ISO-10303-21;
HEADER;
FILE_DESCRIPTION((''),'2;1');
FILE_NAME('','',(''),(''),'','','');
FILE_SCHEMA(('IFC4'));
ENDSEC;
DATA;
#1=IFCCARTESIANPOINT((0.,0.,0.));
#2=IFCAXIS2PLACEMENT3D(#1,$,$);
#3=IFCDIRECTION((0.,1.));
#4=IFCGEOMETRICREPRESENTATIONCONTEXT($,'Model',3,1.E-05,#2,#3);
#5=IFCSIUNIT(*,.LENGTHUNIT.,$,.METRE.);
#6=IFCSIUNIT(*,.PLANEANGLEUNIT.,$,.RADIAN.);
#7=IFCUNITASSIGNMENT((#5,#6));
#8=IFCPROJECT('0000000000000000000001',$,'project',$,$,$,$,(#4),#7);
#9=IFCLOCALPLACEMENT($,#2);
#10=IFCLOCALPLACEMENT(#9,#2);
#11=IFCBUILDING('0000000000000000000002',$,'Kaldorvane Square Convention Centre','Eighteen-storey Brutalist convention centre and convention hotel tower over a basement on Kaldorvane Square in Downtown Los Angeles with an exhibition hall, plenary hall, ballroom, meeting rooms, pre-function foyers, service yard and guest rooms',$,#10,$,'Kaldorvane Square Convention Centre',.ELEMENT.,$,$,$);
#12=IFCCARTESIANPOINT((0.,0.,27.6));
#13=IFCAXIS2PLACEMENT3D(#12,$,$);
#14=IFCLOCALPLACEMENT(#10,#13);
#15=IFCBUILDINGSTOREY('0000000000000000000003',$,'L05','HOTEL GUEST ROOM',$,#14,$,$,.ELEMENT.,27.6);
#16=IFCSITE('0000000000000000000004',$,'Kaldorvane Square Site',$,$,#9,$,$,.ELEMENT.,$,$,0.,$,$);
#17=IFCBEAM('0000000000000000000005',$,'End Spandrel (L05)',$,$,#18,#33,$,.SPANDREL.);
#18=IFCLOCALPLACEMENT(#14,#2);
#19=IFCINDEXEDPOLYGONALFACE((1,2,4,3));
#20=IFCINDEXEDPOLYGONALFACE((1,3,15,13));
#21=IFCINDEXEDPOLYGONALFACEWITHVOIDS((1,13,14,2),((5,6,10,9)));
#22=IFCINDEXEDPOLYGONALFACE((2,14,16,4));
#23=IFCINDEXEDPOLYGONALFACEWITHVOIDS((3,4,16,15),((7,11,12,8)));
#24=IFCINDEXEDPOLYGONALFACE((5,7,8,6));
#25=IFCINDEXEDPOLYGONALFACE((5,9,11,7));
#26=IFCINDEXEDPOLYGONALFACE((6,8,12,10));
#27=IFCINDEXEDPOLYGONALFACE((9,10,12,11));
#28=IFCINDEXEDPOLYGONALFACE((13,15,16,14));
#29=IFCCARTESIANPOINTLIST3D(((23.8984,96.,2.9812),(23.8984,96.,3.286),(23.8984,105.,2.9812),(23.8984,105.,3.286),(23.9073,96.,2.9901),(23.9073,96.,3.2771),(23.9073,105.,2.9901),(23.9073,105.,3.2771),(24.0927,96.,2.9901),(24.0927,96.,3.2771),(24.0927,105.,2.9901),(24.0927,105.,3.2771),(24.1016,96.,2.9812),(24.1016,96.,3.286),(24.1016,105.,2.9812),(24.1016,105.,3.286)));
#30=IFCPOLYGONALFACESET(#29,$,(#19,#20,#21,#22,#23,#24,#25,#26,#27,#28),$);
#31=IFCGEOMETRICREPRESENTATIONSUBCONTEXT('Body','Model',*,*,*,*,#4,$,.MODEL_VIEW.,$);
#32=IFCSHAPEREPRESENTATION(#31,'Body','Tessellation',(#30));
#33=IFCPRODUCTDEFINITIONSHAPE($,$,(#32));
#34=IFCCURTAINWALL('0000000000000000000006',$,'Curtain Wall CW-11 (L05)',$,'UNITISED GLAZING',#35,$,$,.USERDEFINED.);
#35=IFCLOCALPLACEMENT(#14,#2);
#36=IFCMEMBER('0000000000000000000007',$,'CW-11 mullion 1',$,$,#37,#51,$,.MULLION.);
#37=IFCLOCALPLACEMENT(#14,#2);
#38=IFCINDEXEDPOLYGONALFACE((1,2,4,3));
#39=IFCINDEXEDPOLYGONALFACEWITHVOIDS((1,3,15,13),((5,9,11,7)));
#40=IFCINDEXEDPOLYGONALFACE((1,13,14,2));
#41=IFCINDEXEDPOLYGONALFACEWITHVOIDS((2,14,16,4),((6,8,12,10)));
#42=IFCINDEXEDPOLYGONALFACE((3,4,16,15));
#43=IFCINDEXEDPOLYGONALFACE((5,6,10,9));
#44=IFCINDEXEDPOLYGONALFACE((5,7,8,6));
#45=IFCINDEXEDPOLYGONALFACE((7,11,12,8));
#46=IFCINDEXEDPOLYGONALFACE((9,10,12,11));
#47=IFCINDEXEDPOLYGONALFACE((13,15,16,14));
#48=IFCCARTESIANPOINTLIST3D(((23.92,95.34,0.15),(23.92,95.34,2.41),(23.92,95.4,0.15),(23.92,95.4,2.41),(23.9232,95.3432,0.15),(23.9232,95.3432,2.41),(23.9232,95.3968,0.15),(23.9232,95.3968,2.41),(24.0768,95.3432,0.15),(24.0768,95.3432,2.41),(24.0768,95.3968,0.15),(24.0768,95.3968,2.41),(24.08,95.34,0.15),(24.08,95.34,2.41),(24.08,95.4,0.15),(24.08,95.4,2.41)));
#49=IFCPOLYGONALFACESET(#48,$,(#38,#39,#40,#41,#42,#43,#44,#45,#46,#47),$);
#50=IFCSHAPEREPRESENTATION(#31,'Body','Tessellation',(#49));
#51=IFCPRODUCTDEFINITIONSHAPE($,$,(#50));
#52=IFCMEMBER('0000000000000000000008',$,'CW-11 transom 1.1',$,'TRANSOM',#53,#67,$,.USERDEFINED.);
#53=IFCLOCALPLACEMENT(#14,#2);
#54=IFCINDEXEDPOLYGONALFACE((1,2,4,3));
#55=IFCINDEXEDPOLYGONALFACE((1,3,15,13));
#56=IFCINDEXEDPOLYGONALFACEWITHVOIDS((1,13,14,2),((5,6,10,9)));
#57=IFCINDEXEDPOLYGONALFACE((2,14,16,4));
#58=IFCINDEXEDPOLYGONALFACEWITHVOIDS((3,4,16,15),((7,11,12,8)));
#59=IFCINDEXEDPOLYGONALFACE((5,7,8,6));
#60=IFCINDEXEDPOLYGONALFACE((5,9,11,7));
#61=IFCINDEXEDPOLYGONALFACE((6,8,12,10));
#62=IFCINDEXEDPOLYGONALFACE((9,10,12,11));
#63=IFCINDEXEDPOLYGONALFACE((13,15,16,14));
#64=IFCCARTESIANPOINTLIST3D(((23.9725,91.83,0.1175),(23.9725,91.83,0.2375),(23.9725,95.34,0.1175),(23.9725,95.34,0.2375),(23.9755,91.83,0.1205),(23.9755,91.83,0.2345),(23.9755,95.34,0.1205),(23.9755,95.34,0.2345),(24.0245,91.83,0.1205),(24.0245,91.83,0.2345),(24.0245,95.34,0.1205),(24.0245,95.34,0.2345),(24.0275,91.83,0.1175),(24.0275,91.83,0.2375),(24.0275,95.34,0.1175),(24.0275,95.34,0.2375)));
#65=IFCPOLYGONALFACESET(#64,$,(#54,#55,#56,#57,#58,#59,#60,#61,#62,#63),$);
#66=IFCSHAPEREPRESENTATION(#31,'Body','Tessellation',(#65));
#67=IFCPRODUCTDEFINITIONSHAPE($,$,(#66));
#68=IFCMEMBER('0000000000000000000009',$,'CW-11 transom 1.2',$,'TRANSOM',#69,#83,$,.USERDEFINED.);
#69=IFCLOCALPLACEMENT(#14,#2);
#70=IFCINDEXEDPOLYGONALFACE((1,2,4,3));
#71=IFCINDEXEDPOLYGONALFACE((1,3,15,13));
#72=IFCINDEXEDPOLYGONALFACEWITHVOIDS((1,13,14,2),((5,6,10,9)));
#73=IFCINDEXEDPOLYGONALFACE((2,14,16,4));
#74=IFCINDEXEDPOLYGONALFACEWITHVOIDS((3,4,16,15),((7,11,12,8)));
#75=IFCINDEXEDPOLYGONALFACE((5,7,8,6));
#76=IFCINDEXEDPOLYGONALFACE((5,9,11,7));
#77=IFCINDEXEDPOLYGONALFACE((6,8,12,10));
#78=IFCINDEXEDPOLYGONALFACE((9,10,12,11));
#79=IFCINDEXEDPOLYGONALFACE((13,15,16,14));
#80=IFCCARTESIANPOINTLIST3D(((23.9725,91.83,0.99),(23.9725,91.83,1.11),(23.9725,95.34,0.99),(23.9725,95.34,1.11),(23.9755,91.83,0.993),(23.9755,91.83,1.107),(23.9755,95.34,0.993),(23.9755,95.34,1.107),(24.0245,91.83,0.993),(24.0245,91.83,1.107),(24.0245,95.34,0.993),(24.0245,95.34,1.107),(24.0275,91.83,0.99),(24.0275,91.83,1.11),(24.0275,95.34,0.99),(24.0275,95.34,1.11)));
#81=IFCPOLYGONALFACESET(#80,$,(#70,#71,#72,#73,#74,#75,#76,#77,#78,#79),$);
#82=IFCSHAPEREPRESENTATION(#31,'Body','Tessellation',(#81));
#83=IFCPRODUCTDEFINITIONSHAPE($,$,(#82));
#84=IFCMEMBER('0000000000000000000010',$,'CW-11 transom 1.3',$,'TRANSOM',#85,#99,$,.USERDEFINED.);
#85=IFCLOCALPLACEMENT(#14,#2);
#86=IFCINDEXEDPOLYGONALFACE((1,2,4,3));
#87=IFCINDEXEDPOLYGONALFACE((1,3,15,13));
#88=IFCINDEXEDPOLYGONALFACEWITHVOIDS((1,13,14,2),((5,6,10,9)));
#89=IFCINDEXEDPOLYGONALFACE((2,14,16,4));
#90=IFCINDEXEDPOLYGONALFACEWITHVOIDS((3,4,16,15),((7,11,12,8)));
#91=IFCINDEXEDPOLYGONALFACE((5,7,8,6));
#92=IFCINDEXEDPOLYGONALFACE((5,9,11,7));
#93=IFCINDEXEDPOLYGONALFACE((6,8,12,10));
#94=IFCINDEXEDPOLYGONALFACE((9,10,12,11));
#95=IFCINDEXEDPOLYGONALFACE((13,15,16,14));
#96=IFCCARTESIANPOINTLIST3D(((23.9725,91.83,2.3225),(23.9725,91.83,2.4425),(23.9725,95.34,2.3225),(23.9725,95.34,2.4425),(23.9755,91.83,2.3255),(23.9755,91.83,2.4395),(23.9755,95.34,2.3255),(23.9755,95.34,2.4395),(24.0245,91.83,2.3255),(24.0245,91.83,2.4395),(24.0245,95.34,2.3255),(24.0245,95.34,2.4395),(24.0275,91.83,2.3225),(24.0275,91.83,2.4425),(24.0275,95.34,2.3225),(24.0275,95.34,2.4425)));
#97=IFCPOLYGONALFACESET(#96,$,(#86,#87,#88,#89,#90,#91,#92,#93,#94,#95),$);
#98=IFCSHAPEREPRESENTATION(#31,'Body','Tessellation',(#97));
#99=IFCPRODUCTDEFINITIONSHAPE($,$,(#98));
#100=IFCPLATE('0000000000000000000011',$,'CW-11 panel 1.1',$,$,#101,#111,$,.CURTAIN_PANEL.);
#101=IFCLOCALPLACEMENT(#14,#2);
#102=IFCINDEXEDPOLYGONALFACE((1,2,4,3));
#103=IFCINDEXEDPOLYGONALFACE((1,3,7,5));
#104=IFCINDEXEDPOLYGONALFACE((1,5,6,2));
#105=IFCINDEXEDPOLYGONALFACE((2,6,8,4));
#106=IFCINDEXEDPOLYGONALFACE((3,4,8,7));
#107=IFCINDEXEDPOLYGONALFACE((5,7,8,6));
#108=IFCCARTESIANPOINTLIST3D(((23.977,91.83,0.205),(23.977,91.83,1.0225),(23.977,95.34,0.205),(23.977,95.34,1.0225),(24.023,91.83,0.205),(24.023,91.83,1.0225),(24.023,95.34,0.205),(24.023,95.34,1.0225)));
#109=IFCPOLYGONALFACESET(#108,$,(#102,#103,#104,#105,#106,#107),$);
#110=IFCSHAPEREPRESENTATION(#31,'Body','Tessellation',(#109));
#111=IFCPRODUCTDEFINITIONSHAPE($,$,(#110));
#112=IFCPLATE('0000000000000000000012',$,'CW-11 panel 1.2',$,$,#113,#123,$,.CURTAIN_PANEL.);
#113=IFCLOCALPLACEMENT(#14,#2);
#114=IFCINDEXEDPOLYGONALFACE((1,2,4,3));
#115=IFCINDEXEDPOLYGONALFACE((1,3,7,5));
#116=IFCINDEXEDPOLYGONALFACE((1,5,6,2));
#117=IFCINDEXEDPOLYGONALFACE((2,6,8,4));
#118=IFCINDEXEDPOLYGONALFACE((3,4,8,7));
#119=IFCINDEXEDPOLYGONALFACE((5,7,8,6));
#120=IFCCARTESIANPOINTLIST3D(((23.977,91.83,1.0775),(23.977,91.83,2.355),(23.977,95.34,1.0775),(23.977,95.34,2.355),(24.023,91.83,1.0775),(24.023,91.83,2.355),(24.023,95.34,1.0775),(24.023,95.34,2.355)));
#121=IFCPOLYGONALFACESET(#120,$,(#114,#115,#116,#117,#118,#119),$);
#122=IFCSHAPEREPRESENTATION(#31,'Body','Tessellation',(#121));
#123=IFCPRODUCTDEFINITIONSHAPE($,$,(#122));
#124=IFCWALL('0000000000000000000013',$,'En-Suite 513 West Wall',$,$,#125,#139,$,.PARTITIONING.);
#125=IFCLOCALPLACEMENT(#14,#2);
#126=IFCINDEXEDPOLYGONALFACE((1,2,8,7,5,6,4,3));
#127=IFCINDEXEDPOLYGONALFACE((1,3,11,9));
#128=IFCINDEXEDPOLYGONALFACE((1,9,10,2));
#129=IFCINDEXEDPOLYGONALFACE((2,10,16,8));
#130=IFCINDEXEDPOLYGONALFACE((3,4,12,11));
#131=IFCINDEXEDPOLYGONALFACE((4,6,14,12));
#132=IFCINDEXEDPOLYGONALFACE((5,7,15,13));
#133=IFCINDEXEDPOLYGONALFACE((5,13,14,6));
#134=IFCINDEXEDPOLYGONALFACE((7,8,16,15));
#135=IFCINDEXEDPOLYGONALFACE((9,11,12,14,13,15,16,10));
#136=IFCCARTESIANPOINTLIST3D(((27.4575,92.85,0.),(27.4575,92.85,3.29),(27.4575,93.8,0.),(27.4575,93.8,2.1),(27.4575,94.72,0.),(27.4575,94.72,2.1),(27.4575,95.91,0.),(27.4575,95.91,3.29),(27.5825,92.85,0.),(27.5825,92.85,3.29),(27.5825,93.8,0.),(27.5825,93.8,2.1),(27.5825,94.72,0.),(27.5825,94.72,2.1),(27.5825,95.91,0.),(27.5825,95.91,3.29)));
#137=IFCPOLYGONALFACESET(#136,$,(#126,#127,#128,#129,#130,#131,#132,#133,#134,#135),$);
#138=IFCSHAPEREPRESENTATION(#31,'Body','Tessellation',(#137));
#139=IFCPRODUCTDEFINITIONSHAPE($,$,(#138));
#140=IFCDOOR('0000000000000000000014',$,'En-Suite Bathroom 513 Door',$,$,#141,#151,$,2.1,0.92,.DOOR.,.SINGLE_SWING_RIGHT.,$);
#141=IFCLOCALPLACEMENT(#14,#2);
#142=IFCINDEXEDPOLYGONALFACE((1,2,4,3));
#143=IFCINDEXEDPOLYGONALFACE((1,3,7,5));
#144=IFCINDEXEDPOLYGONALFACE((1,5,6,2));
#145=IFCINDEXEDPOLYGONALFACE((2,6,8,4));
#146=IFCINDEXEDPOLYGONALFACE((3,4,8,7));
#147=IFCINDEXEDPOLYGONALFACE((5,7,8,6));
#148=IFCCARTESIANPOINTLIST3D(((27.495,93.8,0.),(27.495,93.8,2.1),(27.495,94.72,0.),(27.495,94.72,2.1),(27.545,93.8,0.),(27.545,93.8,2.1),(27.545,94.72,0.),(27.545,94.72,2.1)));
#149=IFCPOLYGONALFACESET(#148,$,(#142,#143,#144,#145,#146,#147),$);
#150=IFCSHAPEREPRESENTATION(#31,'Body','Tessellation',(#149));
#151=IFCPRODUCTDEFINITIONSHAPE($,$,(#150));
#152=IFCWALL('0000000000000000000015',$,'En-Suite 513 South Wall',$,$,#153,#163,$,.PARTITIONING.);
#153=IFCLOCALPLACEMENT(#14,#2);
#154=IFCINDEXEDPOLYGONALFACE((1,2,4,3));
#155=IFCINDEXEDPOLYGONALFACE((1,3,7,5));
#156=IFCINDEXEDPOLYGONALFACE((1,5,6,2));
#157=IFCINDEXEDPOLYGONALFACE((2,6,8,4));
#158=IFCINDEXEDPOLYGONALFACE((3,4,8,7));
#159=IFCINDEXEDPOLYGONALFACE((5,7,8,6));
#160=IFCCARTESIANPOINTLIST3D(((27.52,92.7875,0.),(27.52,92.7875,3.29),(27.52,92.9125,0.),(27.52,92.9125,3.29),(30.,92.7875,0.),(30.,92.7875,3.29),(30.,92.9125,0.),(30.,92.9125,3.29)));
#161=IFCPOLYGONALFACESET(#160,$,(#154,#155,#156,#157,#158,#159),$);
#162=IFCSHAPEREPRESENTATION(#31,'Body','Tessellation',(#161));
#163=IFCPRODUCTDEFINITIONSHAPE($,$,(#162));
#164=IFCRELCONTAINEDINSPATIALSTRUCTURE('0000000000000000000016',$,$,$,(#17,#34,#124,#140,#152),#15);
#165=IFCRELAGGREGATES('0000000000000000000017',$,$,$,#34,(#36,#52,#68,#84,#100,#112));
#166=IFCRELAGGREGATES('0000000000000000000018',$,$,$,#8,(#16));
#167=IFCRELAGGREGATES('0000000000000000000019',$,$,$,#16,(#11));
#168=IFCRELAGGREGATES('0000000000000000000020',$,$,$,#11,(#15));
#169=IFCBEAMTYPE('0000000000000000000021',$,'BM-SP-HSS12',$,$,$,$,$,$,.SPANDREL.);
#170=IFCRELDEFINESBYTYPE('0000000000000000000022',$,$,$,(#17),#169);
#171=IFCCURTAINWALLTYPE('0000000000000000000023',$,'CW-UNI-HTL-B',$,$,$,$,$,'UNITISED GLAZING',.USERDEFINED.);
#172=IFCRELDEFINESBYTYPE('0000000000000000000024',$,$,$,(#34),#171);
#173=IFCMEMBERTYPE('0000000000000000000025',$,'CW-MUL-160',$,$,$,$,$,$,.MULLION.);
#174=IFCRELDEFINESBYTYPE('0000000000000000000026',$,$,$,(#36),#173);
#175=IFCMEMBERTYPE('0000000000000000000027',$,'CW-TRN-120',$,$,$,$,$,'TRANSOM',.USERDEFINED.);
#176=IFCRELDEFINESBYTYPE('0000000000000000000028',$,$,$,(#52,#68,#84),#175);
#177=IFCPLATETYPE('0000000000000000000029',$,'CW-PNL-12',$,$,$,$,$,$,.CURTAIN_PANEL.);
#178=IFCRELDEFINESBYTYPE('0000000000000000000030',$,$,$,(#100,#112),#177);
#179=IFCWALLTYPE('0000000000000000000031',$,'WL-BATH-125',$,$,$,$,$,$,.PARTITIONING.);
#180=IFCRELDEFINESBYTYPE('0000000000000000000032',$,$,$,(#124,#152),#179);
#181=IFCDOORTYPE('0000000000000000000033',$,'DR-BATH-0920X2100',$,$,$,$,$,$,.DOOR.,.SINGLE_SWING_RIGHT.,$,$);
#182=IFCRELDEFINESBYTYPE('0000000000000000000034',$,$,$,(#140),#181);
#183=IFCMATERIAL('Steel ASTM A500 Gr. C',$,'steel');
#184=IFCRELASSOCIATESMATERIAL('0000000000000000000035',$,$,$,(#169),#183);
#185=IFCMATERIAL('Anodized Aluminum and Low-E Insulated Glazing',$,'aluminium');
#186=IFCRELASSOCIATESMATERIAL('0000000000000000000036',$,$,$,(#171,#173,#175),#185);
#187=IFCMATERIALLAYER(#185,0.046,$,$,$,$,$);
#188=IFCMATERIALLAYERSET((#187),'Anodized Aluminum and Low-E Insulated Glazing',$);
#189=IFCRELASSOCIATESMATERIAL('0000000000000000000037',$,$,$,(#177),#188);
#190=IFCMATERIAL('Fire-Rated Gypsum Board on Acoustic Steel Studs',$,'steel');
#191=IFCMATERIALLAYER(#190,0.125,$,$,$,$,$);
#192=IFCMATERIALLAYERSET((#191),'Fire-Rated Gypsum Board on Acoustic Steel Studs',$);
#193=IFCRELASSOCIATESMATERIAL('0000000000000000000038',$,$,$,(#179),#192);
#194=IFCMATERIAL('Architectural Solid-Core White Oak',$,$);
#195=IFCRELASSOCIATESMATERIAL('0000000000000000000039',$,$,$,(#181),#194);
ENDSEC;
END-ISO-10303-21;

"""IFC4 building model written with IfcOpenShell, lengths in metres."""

from ifc_helpers import new_model, si_unit, direction, frame, frame_2d, origin, origin_2d, place, context, subcontext, project, spatial, rectangle, hollow_rectangle, extrude, material, layer, layer_set, material_profile, profile_set, type_object, element, fill, aggregate, save


model = new_model("IFC4")

# Units and contexts
model_context = context("Model", 3, precision=1e-05, world=origin(), true_north=direction((0.0, 1.0)))
body_context = subcontext(model_context, "Body", "Model", "MODEL_VIEW")
ifc_project = project(units=[si_unit("LENGTHUNIT", "METRE"), si_unit("PLANEANGLEUNIT", "RADIAN")], contexts=[model_context])

# Site, building, storey
site_placement = place(None, origin())
site = spatial("IfcSite", under=ifc_project, at=site_placement, Name="Kaldorvane Square Site", CompositionType="ELEMENT", RefElevation=0.0)
building_placement = place(site_placement, origin())
building = spatial("IfcBuilding", under=site, at=building_placement, Name="Kaldorvane Square Convention Centre", Description="Eighteen-storey Brutalist convention centre and convention hotel tower over a basement on Kaldorvane Square in Downtown Los Angeles with an exhibition hall, plenary hall, ballroom, meeting rooms, pre-function foyers, service yard and guest rooms", LongName="Kaldorvane Square Convention Centre", CompositionType="ELEMENT")
storey_placement = place(building_placement, frame((0.0, 0.0, 27.6)))
storey = spatial("IfcBuildingStorey", under=building, at=storey_placement, Name="L05", Description="HOTEL GUEST ROOM", CompositionType="ELEMENT", Elevation=27.6)

# Beam
ifc_material_1 = material(Name="Steel ASTM A500 Gr. C", Category="steel")
ifc_material_profile_1 = material_profile(ifc_material_1, hollow_rectangle(XDim=0.2032, YDim=0.3048, WallThickness=0.0089, at=origin_2d()), Name="HSS12X8X3/8")
ifc_profile_set_1 = profile_set([ifc_material_profile_1], Name="Steel ASTM A500 Gr. C")
beam_type_1 = type_object("IfcBeamType", Name="BM-SP-HSS12", PredefinedType="SPANDREL", material=ifc_profile_set_1)
beam_placement = place(storey_placement, frame((24.0, 96.0, 3.1336), z_axis=(0.0, 1.0, 0.0), x_axis=(-1.0, 0.0, 0.0)))
element("IfcBeam", 1, at=beam_placement, inside=storey, type_object=beam_type_1, Name="End Spandrel (L05)", PredefinedType="SPANDREL", context=body_context, shape_type="SweptSolid", body=[
    extrude(hollow_rectangle(XDim=0.2032, YDim=0.3048, WallThickness=0.0089, at=origin_2d()), origin(), (0.0, 0.0, 1.0), 9.0),
])

# Curtain wall, members, plates
ifc_material_2 = material(Name="Anodized Aluminum and Low-E Insulated Glazing", Category="aluminium")
curtain_wall_type = type_object("IfcCurtainWallType", Name="CW-UNI-HTL-B", ElementType="UNITISED GLAZING", PredefinedType="USERDEFINED", material=ifc_material_2)
curtain_wall_placement = place(storey_placement, origin())
curtain_wall = element("IfcCurtainWall", 2, at=curtain_wall_placement, inside=storey, type_object=curtain_wall_type, Name="Curtain Wall CW-11 (L05)", ObjectType="UNITISED GLAZING", PredefinedType="USERDEFINED")
ifc_material_profile_2 = material_profile(ifc_material_2, hollow_rectangle(XDim=0.06, YDim=0.16, WallThickness=0.0032, at=origin_2d()), Name="CWM-160X60")
ifc_profile_set_2 = profile_set([ifc_material_profile_2], Name="Anodized Aluminum and Low-E Insulated Glazing")
member_type_1 = type_object("IfcMemberType", Name="CW-MUL-160", PredefinedType="MULLION", material=ifc_profile_set_2)
member_1_placement = place(storey_placement, frame((24.0, 95.37, 0.15), z_axis=(0.0, 0.0, 1.0), x_axis=(0.0, -1.0, 0.0)))
member_1 = element("IfcMember", 3, at=member_1_placement, type_object=member_type_1, Name="CW-11 mullion 1", PredefinedType="MULLION", context=body_context, shape_type="SweptSolid", body=[
    extrude(hollow_rectangle(XDim=0.06, YDim=0.16, WallThickness=0.0032, at=origin_2d()), origin(), (0.0, 0.0, 1.0), 2.26),
])
ifc_material_profile_3 = material_profile(ifc_material_2, hollow_rectangle(XDim=0.055, YDim=0.12, WallThickness=0.003, at=origin_2d()), Name="CWT-120X55")
ifc_profile_set_3 = profile_set([ifc_material_profile_3], Name="Anodized Aluminum and Low-E Insulated Glazing")
member_type_2 = type_object("IfcMemberType", Name="CW-TRN-120", ElementType="TRANSOM", PredefinedType="USERDEFINED", material=ifc_profile_set_3)
member_2_placement = place(storey_placement, frame((24.0, 95.34, 0.1775), z_axis=(0.0, -1.0, 0.0), x_axis=(1.0, 0.0, 0.0)))
member_2 = element("IfcMember", 4, at=member_2_placement, type_object=member_type_2, Name="CW-11 transom 1.1", ObjectType="TRANSOM", PredefinedType="USERDEFINED", context=body_context, shape_type="SweptSolid", body=[
    extrude(hollow_rectangle(XDim=0.055, YDim=0.12, WallThickness=0.003, at=origin_2d()), origin(), (0.0, 0.0, 1.0), 3.51),
])
member_3_placement = place(storey_placement, frame((24.0, 95.34, 1.05), z_axis=(0.0, -1.0, 0.0), x_axis=(1.0, 0.0, 0.0)))
member_3 = element("IfcMember", 5, at=member_3_placement, type_object=member_type_2, Name="CW-11 transom 1.2", ObjectType="TRANSOM", PredefinedType="USERDEFINED", context=body_context, shape_type="SweptSolid", body=[
    extrude(hollow_rectangle(XDim=0.055, YDim=0.12, WallThickness=0.003, at=origin_2d()), origin(), (0.0, 0.0, 1.0), 3.51),
])
member_4_placement = place(storey_placement, frame((24.0, 95.34, 2.3825), z_axis=(0.0, -1.0, 0.0), x_axis=(1.0, 0.0, 0.0)))
member_4 = element("IfcMember", 6, at=member_4_placement, type_object=member_type_2, Name="CW-11 transom 1.3", ObjectType="TRANSOM", PredefinedType="USERDEFINED", context=body_context, shape_type="SweptSolid", body=[
    extrude(hollow_rectangle(XDim=0.055, YDim=0.12, WallThickness=0.003, at=origin_2d()), origin(), (0.0, 0.0, 1.0), 3.51),
])
ifc_layer_1 = layer(ifc_material_2, 0.046)
ifc_layer_set_1 = layer_set([ifc_layer_1], Name="Anodized Aluminum and Low-E Insulated Glazing")
plate_type = type_object("IfcPlateType", Name="CW-PNL-12", PredefinedType="CURTAIN_PANEL", material=ifc_layer_set_1)
plate_1_placement = place(storey_placement, frame((24.0, 93.585, 0.205), z_axis=(0.0, 0.0, 1.0), x_axis=(0.0, -1.0, 0.0)))
plate_1 = element("IfcPlate", 7, at=plate_1_placement, type_object=plate_type, Name="CW-11 panel 1.1", PredefinedType="CURTAIN_PANEL", context=body_context, shape_type="SweptSolid", body=[
    extrude(rectangle(XDim=3.51, YDim=0.046, at=origin_2d()), origin(), (0.0, 0.0, 1.0), 0.8175),
])
plate_2_placement = place(storey_placement, frame((24.0, 93.585, 1.0775), z_axis=(0.0, 0.0, 1.0), x_axis=(0.0, -1.0, 0.0)))
plate_2 = element("IfcPlate", 8, at=plate_2_placement, type_object=plate_type, Name="CW-11 panel 1.2", PredefinedType="CURTAIN_PANEL", context=body_context, shape_type="SweptSolid", body=[
    extrude(rectangle(XDim=3.51, YDim=0.046, at=origin_2d()), origin(), (0.0, 0.0, 1.0), 1.2775),
])
aggregate(curtain_wall, [member_1, member_2, member_3, member_4, plate_1, plate_2])

# Wall, opening, door
ifc_material_3 = material(Name="Fire-Rated Gypsum Board on Acoustic Steel Studs", Category="steel")
ifc_layer_2 = layer(ifc_material_3, 0.125)
ifc_layer_set_2 = layer_set([ifc_layer_2], Name="Fire-Rated Gypsum Board on Acoustic Steel Studs")
wall_type_1 = type_object("IfcWallType", Name="WL-BATH-125", PredefinedType="PARTITIONING", material=ifc_layer_set_2)
wall_1_placement = place(storey_placement, frame((27.52, 92.85, 0.0), z_axis=(0.0, 0.0, 1.0), x_axis=(0.0, 1.0, 0.0)))
wall_1 = element("IfcWall", 9, at=wall_1_placement, inside=storey, type_object=wall_type_1, Name="En-Suite 513 West Wall", PredefinedType="PARTITIONING", context=body_context, shape_type="SweptSolid", body=[
    extrude(rectangle(XDim=3.06, YDim=0.125, at=frame_2d((1.53, 0.0))), origin(), (0.0, 0.0, 1.0), 3.29),
])
opening_1_placement = place(wall_1_placement, frame((0.95, 0.0, 0.0)))
opening_1 = element("IfcOpeningElement", 10, at=opening_1_placement, cuts=wall_1, PredefinedType="OPENING", context=body_context, shape_type="SweptSolid", body=[
    extrude(rectangle(XDim=0.92, YDim=2.1, at=frame_2d((0.46, 1.05))), frame((0.0, 0.0775, 0.0), z_axis=(0.0, -1.0, 0.0), x_axis=(1.0, 0.0, 0.0)), (0.0, 0.0, 1.0), 0.155),
])
ifc_material_4 = material(Name="Architectural Solid-Core White Oak")
door_type_1 = type_object("IfcDoorType", Name="DR-BATH-0920X2100", OperationType="SINGLE_SWING_RIGHT", PredefinedType="DOOR", material=ifc_material_4)
door_1_placement = place(opening_1_placement, origin())
door_1 = element("IfcDoor", 11, at=door_1_placement, inside=storey, type_object=door_type_1, Name="En-Suite Bathroom 513 Door", OperationType="SINGLE_SWING_RIGHT", OverallHeight=2.1, OverallWidth=0.92, PredefinedType="DOOR", context=body_context, shape_type="SweptSolid", body=[
    extrude(rectangle(XDim=0.92, YDim=2.1, at=frame_2d((0.46, 1.05))), frame((0.0, 0.025, 0.0), z_axis=(0.0, -1.0, 0.0), x_axis=(1.0, 0.0, 0.0)), (0.0, 0.0, 1.0), 0.05),
])
fill(opening_1, door_1)

# Wall
wall_2_placement = place(storey_placement, frame((27.52, 92.85, 0.0), z_axis=(0.0, 0.0, 1.0), x_axis=(1.0, 0.0, 0.0)))
element("IfcWall", 12, at=wall_2_placement, inside=storey, type_object=wall_type_1, Name="En-Suite 513 South Wall", PredefinedType="PARTITIONING", context=body_context, shape_type="SweptSolid", body=[
    extrude(rectangle(XDim=2.48, YDim=0.125, at=frame_2d((1.24, 0.0))), origin(), (0.0, 0.0, 1.0), 3.29),
])

save(model, "model.ifc")
